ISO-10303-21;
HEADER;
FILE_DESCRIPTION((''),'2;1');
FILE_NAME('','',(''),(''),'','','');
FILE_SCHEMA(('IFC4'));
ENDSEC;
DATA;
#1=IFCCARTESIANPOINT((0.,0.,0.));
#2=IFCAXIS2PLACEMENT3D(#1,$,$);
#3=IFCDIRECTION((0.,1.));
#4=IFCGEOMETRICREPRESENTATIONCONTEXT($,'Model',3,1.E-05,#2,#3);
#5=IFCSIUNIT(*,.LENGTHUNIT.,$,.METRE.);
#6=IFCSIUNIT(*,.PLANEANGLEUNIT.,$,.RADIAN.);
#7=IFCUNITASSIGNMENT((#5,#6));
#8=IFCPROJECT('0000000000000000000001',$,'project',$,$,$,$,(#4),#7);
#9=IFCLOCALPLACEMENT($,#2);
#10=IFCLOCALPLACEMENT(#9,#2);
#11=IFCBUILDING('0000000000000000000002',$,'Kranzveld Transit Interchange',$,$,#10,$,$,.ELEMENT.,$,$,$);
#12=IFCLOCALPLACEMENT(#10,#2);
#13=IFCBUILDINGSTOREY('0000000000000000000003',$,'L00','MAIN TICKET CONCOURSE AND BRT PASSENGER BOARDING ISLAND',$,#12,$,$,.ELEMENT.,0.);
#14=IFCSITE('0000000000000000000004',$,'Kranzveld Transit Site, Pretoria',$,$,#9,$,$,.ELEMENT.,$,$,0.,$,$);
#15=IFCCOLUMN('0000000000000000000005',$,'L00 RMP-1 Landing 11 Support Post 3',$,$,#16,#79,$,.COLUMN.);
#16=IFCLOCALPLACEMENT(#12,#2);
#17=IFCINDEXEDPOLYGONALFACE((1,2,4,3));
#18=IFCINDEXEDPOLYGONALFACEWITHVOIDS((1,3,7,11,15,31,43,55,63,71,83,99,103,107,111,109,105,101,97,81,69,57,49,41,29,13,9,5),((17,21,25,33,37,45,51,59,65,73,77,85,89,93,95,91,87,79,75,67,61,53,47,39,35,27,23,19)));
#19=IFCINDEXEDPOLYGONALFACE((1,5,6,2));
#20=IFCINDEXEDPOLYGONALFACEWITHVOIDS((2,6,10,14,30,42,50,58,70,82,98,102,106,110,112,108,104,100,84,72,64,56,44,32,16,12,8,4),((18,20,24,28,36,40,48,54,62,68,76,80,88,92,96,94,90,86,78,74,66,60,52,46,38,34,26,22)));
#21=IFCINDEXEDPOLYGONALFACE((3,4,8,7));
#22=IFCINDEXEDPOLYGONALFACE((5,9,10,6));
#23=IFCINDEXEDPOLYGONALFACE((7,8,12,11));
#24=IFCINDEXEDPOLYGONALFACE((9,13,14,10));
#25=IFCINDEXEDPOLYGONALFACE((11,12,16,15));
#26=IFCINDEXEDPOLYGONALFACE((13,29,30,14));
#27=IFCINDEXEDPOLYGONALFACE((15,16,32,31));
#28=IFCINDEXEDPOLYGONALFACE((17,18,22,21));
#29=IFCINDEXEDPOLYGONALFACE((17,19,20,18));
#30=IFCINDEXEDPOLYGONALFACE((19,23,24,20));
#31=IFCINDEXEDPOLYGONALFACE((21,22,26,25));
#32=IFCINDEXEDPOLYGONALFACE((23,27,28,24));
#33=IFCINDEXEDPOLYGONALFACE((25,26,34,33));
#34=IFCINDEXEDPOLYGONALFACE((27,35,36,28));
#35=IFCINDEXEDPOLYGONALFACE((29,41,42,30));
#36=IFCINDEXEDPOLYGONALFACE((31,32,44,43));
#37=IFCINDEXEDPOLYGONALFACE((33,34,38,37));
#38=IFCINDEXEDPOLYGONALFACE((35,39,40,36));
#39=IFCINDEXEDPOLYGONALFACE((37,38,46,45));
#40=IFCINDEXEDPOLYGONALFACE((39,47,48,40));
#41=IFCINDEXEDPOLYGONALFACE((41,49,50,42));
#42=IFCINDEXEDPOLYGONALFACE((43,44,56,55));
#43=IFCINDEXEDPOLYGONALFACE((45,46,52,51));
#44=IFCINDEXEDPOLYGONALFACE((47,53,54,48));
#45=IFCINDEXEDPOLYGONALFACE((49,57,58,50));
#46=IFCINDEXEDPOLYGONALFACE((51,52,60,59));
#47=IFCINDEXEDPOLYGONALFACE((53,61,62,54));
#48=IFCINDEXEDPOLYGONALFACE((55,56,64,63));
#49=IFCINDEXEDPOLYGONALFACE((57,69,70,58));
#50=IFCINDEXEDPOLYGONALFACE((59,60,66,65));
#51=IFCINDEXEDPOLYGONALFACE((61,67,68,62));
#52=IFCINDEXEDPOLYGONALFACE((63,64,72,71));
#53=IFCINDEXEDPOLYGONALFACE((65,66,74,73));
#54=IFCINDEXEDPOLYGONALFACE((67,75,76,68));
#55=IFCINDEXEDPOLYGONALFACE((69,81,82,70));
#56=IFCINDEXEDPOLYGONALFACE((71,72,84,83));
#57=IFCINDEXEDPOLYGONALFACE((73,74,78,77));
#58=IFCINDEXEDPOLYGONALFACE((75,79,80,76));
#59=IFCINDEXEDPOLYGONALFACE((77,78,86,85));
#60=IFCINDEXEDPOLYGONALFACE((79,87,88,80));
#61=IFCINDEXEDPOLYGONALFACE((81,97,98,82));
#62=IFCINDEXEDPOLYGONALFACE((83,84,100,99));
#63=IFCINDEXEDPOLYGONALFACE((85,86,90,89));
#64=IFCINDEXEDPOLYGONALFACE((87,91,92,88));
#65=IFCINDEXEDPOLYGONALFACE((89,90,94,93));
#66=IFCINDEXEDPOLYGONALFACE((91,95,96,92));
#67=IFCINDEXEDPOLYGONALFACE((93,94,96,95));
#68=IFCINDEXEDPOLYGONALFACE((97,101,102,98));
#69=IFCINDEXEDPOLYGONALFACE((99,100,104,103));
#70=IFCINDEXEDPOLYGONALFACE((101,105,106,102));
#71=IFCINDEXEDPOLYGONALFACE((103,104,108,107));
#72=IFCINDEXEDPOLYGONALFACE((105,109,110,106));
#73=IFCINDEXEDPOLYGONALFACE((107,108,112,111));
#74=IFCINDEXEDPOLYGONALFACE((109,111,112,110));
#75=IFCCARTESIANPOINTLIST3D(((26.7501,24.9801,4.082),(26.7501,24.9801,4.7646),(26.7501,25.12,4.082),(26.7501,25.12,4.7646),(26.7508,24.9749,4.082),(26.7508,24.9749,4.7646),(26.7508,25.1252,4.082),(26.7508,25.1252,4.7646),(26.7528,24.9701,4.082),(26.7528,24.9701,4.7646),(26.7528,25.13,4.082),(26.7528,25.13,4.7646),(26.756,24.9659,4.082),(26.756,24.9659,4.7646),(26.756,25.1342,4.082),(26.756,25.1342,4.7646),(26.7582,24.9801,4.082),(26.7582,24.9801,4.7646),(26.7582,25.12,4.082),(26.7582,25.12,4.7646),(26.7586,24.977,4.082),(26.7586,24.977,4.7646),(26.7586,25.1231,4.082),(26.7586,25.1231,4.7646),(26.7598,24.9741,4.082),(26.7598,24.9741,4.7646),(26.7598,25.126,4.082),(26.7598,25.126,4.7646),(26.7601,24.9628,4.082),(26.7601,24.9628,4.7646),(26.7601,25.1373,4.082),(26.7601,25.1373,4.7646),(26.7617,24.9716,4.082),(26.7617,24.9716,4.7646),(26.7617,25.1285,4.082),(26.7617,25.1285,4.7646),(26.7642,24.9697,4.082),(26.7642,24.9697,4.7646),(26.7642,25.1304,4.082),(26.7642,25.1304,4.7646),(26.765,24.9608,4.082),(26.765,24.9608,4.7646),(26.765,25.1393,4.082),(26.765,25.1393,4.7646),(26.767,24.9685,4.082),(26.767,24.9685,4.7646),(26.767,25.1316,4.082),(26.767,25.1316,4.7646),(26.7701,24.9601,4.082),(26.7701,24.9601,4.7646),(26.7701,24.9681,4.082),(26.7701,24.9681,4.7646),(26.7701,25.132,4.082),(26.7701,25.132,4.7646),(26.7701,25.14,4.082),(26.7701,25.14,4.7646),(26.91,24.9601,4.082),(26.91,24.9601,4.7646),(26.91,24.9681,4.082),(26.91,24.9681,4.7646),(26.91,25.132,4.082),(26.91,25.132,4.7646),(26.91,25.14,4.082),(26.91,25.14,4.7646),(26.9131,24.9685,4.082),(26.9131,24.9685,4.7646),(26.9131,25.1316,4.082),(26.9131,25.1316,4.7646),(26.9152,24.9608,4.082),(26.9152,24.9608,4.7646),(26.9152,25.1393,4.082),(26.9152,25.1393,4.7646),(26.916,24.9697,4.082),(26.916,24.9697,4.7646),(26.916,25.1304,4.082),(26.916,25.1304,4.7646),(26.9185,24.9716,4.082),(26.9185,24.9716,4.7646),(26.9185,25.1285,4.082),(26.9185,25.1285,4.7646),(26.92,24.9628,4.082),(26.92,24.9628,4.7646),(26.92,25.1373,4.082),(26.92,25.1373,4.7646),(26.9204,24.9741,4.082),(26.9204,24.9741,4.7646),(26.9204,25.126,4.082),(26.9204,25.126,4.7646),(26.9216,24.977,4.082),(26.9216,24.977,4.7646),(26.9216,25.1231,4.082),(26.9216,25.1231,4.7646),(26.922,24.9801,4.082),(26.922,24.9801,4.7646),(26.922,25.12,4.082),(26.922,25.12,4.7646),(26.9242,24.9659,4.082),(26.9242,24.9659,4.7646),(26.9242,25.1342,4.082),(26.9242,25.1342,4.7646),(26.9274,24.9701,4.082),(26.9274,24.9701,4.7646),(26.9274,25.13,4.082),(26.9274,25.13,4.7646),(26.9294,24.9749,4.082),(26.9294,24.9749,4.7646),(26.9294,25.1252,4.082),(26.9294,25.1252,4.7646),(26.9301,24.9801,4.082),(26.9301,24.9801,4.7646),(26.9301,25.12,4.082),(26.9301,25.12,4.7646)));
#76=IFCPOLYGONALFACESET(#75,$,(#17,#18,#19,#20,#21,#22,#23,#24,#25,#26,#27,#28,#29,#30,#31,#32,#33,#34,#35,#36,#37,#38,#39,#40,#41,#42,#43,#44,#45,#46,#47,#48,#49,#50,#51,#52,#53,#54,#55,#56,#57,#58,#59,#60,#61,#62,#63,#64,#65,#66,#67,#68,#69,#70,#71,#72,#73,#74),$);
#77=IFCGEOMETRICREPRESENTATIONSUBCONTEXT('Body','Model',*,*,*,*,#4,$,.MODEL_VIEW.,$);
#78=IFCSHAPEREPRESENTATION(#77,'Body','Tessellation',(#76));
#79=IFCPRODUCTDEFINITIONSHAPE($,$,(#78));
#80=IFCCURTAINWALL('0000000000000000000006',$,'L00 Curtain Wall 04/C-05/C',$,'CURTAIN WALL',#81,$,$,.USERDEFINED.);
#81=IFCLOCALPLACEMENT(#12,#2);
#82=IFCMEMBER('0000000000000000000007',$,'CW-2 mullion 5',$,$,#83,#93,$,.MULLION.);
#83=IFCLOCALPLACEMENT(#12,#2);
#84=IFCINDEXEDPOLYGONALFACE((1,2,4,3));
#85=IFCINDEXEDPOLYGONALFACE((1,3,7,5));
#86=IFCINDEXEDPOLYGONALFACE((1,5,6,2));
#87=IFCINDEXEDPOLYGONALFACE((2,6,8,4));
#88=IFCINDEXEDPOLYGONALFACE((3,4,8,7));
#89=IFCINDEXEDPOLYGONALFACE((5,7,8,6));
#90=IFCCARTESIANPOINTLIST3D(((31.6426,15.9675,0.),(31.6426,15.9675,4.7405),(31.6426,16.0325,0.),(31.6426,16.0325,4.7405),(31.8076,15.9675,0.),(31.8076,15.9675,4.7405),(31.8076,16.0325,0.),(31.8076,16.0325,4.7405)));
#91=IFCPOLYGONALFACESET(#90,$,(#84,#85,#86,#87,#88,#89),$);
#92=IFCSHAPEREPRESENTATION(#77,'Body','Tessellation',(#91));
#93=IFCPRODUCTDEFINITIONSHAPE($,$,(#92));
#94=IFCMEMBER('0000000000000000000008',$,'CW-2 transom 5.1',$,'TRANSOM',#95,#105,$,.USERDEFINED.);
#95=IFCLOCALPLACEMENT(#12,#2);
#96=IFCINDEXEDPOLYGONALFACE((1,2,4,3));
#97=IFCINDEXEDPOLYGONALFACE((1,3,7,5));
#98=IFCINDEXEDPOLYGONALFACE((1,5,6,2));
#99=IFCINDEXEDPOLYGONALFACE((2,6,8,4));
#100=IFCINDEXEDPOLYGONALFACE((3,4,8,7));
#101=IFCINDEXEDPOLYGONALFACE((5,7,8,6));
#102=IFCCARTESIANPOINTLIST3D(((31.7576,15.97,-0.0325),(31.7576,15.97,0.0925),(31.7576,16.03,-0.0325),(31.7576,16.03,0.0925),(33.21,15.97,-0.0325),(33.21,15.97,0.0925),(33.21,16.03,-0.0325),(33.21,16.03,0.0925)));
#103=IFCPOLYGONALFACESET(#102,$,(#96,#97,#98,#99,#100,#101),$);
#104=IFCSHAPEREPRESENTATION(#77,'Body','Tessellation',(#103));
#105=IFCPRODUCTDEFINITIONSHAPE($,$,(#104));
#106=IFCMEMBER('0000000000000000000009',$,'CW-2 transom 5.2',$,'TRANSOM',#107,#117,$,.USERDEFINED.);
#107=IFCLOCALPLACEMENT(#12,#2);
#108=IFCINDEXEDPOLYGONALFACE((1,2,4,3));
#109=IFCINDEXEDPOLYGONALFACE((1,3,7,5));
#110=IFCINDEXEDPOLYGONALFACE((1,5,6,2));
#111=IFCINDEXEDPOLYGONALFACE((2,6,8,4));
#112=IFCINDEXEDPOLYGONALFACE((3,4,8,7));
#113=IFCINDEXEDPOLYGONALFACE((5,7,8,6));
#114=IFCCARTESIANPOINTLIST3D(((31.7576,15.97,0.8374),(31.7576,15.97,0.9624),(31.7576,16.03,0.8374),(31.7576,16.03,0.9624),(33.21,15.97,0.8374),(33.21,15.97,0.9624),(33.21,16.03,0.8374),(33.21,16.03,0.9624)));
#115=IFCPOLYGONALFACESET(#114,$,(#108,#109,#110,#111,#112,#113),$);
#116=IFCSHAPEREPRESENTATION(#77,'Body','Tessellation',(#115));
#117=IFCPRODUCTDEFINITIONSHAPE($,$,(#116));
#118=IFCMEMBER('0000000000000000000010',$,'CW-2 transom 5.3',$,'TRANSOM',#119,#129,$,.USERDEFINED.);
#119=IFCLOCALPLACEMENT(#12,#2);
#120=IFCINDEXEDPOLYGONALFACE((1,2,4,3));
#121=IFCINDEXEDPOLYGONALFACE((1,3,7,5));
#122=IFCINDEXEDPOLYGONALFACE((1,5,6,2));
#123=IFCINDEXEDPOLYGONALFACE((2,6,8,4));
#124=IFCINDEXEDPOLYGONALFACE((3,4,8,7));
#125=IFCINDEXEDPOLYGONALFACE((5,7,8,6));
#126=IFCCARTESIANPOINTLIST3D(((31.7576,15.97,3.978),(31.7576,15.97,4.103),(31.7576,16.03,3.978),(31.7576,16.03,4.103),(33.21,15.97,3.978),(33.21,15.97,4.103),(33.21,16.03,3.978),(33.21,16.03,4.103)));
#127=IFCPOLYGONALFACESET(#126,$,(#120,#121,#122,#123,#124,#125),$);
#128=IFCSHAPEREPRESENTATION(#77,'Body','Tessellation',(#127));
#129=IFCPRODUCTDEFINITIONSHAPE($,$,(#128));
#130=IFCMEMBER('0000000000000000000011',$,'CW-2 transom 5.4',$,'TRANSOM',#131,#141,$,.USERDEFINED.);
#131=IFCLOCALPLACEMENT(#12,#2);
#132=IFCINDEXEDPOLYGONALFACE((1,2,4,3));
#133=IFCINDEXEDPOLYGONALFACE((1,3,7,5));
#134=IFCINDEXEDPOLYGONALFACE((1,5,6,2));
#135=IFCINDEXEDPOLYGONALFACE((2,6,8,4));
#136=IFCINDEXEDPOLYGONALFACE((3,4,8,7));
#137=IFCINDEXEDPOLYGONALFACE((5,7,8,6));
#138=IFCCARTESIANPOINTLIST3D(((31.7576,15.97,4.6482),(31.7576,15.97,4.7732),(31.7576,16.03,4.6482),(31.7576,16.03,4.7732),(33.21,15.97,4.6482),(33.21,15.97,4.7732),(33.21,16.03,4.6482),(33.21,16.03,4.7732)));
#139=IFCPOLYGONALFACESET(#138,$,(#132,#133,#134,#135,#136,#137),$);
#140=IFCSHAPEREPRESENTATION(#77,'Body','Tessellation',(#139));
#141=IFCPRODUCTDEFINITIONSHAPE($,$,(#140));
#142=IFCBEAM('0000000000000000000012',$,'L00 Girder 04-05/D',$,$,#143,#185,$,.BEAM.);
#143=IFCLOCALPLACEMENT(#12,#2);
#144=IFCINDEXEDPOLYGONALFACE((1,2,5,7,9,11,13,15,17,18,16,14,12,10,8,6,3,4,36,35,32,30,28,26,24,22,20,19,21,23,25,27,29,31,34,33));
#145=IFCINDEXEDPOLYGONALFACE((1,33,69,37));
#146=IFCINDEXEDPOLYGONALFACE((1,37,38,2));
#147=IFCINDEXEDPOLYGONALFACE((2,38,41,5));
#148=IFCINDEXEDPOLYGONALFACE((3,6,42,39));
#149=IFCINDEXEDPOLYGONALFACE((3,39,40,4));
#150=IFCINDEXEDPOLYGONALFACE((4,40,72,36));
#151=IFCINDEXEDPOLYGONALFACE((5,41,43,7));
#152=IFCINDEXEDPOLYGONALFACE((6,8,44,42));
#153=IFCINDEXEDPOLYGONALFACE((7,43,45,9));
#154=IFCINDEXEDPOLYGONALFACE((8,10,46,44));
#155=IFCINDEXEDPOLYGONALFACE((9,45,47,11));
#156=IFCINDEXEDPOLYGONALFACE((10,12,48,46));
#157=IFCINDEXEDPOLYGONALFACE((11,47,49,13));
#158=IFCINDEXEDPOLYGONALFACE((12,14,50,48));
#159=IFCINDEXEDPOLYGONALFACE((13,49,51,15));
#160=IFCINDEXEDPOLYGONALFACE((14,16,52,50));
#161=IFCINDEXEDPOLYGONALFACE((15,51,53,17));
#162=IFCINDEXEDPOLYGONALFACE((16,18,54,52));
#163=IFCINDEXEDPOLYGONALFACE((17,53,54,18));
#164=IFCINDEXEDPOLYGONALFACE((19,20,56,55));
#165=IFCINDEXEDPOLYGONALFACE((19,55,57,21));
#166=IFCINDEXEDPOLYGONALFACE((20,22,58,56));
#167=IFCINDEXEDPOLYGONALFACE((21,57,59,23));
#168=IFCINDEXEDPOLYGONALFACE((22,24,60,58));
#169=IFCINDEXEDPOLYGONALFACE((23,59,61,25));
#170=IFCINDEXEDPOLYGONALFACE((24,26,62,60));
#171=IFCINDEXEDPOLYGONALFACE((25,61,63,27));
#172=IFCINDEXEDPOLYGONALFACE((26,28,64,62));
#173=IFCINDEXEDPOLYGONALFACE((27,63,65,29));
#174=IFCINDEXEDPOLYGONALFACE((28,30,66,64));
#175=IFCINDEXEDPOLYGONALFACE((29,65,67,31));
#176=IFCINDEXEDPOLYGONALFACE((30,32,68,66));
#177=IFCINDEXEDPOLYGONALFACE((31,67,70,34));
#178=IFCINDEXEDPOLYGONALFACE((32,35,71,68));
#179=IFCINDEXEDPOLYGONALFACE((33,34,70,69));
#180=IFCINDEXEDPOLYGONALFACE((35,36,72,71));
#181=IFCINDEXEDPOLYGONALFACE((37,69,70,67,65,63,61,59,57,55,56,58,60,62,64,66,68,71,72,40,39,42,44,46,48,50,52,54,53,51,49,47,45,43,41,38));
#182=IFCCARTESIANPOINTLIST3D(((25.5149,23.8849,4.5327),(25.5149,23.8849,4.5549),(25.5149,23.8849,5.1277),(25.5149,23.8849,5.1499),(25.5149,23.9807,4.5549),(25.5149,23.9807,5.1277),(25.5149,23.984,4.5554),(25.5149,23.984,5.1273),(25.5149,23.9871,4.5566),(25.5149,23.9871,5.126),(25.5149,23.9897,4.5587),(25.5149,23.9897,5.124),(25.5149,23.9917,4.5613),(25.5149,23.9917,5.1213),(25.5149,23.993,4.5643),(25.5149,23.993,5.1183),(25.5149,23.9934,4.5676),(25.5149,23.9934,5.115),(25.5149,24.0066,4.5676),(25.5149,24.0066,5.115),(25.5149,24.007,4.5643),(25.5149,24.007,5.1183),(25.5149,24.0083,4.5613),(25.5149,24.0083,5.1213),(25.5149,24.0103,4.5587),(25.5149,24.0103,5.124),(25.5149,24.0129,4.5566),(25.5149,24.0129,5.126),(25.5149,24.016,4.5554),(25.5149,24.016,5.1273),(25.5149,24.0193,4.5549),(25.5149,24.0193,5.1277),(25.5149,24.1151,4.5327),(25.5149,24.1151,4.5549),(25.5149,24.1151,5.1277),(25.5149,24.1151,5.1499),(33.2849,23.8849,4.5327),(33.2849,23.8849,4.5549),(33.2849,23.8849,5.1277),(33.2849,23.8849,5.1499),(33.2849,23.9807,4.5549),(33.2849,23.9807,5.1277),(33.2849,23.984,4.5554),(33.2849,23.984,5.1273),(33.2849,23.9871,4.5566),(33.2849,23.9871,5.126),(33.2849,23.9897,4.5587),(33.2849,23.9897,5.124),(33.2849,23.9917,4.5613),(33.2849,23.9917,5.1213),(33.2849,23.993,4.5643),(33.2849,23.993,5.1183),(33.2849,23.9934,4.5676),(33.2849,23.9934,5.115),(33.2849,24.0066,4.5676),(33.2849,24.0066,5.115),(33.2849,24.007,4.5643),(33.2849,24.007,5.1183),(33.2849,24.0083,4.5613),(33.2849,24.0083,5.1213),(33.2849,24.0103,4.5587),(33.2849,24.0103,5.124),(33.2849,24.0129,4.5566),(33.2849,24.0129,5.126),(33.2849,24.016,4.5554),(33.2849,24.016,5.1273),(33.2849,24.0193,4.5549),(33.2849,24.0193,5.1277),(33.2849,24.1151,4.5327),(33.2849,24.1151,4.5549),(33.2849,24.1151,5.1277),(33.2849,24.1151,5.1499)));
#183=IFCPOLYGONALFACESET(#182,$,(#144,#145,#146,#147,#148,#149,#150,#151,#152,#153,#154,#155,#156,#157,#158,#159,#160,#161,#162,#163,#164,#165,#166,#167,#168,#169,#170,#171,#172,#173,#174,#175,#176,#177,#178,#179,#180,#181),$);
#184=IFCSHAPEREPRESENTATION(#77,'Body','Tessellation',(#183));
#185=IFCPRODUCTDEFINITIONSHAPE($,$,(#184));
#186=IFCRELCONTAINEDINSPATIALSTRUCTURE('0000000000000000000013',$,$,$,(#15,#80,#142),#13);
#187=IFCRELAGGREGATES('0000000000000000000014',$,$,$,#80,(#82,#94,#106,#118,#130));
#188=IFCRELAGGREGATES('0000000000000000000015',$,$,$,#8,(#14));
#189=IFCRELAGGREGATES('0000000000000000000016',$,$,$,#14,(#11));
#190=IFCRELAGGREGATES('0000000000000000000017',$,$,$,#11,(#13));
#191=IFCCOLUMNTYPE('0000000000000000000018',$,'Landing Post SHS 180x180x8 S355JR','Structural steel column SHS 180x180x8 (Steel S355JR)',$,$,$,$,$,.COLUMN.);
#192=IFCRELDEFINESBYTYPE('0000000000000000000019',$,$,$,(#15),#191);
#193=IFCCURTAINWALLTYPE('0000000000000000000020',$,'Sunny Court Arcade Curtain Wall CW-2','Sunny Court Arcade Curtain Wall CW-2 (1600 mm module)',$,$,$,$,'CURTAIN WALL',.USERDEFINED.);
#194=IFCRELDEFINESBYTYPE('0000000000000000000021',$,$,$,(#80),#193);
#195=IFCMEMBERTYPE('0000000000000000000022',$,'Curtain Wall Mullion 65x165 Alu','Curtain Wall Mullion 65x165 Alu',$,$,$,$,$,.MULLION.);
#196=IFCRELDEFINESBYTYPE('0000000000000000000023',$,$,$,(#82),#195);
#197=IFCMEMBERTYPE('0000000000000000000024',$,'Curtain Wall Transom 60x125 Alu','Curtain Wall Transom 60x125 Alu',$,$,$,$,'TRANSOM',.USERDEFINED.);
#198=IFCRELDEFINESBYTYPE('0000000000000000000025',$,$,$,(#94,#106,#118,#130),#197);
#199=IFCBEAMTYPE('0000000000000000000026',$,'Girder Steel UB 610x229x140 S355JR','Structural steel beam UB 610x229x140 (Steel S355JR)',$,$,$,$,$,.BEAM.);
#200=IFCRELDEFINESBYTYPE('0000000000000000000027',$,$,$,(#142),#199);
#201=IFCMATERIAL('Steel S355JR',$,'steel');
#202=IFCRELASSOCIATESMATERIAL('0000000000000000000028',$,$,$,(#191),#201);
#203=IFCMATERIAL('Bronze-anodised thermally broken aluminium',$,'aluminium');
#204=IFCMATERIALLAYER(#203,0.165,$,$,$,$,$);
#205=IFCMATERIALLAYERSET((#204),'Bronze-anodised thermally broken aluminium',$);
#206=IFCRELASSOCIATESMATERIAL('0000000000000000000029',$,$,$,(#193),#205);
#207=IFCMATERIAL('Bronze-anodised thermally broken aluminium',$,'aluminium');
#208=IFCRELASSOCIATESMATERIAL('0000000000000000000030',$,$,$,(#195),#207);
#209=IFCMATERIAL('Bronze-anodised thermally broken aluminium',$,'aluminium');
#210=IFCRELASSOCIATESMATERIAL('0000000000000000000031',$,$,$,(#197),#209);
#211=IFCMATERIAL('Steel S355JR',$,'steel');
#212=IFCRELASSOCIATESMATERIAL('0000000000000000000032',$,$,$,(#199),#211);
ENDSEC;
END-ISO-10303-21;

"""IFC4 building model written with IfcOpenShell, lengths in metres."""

from ifc_helpers import new_model, si_unit, direction, frame, origin, origin_2d, place, context, subcontext, project, spatial, rectangle, hollow_rectangle, i_section, extrude, material, layer, layer_set, material_profile, profile_set, type_object, element, aggregate, save


model = new_model("IFC4")

# Units and contexts
model_context = context("Model", 3, precision=1e-05, world=origin(), true_north=direction((0.0, 1.0)))
body_context = subcontext(model_context, "Body", "Model", "MODEL_VIEW")
ifc_project = project(units=[si_unit("LENGTHUNIT", "METRE"), si_unit("PLANEANGLEUNIT", "RADIAN")], contexts=[model_context])

# Site, building, storey
site_placement = place(None, origin())
site = spatial("IfcSite", under=ifc_project, at=site_placement, Name="Kranzveld Transit Site, Pretoria", CompositionType="ELEMENT", RefElevation=0.0)
building_placement = place(site_placement, origin())
building = spatial("IfcBuilding", under=site, at=building_placement, Name="Kranzveld Transit Interchange", CompositionType="ELEMENT")
storey_placement = place(building_placement, origin())
storey = spatial("IfcBuildingStorey", under=building, at=storey_placement, Name="L00", Description="MAIN TICKET CONCOURSE AND BRT PASSENGER BOARDING ISLAND", CompositionType="ELEMENT", Elevation=0.0)

# Column
ifc_material_1 = material(Name="Steel S355JR", Category="steel")
ifc_material_profile_1 = material_profile(ifc_material_1, hollow_rectangle(XDim=0.1799, YDim=0.1799, WallThickness=0.0081, InnerFilletRadius=0.012, OuterFilletRadius=0.02, at=origin_2d()), Name="SHS 180x180x8")
ifc_profile_set_1 = profile_set([ifc_material_profile_1], Name="Steel S355JR")
column_type = type_object("IfcColumnType", Name="Landing Post SHS 180x180x8 S355JR", Description="Structural steel column SHS 180x180x8 (Steel S355JR)", PredefinedType="COLUMN", material=ifc_profile_set_1)
for number, where, z_axis, x_axis, name in (
    (1, (26.8401, 25.05, 4.082), (0.0, 0.0, 1.0), (1.0, 0.0, 0.0), "L00 RMP-1 Landing 11 Support Post 3"),
):
    element("IfcColumn", number, at=place(storey_placement, frame(where, z_axis=z_axis, x_axis=x_axis)), inside=storey, type_object=column_type, Name=name, PredefinedType="COLUMN", context=body_context, shape_type="SweptSolid", body=[
        extrude(hollow_rectangle(XDim=0.1799, YDim=0.1799, WallThickness=0.0081, InnerFilletRadius=0.012, OuterFilletRadius=0.02, at=origin_2d()), origin(), (0.0, 0.0, 1.0), 0.6826),
    ])

# Curtain wall, members
ifc_material_2 = material(Name="Bronze-anodised thermally broken aluminium", Category="aluminium")
ifc_layer_1 = layer(ifc_material_2, 0.165)
ifc_layer_set_1 = layer_set([ifc_layer_1], Name="Bronze-anodised thermally broken aluminium")
curtain_wall_type = type_object("IfcCurtainWallType", Name="Sunny Court Arcade Curtain Wall CW-2", Description="Sunny Court Arcade Curtain Wall CW-2 (1600 mm module)", ElementType="CURTAIN WALL", PredefinedType="USERDEFINED", material=ifc_layer_set_1)
curtain_wall_placement = place(storey_placement, origin())
curtain_wall = element("IfcCurtainWall", 2, at=curtain_wall_placement, inside=storey, type_object=curtain_wall_type, Name="L00 Curtain Wall 04/C-05/C", ObjectType="CURTAIN WALL", PredefinedType="USERDEFINED")
ifc_material_3 = material(Name="Bronze-anodised thermally broken aluminium", Category="aluminium")
ifc_material_profile_2 = material_profile(ifc_material_3, rectangle(XDim=0.0649, YDim=0.165, at=origin_2d()), Name="ALU MULLION 65x165")
ifc_profile_set_2 = profile_set([ifc_material_profile_2], Name="Bronze-anodised thermally broken aluminium")
member_type_1 = type_object("IfcMemberType", Name="Curtain Wall Mullion 65x165 Alu", Description="Curtain Wall Mullion 65x165 Alu", PredefinedType="MULLION", material=ifc_profile_set_2)
member_1_placement = place(storey_placement, frame((31.7251, 16.0, 0.0), z_axis=(0.0, 0.0, 1.0), x_axis=(0.0, 1.0, 0.0)))
member_1 = element("IfcMember", 3, at=member_1_placement, type_object=member_type_1, Name="CW-2 mullion 5", PredefinedType="MULLION", context=body_context, shape_type="SweptSolid", body=[
    extrude(rectangle(XDim=0.0649, YDim=0.165, at=origin_2d()), origin(), (0.0, 0.0, 1.0), 4.7405),
])
ifc_material_4 = material(Name="Bronze-anodised thermally broken aluminium", Category="aluminium")
ifc_material_profile_3 = material_profile(ifc_material_4, rectangle(XDim=0.0601, YDim=0.125, at=origin_2d()), Name="ALU TRANSOM 60x125")
ifc_profile_set_3 = profile_set([ifc_material_profile_3], Name="Bronze-anodised thermally broken aluminium")
member_type_2 = type_object("IfcMemberType", Name="Curtain Wall Transom 60x125 Alu", Description="Curtain Wall Transom 60x125 Alu", ElementType="TRANSOM", PredefinedType="USERDEFINED", material=ifc_profile_set_3)
member_2_placement = place(storey_placement, frame((31.7576, 16.0, 0.03), z_axis=(1.0, 0.0, 0.0), x_axis=(0.0, 1.0, 0.0)))
member_2 = element("IfcMember", 4, at=member_2_placement, type_object=member_type_2, Name="CW-2 transom 5.1", ObjectType="TRANSOM", PredefinedType="USERDEFINED", context=body_context, shape_type="SweptSolid", body=[
    extrude(rectangle(XDim=0.0601, YDim=0.125, at=origin_2d()), origin(), (0.0, 0.0, 1.0), 1.4524),
])
member_3_placement = place(storey_placement, frame((31.7576, 16.0, 0.8999), z_axis=(1.0, 0.0, 0.0), x_axis=(0.0, 1.0, 0.0)))
member_3 = element("IfcMember", 5, at=member_3_placement, type_object=member_type_2, Name="CW-2 transom 5.2", ObjectType="TRANSOM", PredefinedType="USERDEFINED", context=body_context, shape_type="SweptSolid", body=[
    extrude(rectangle(XDim=0.0601, YDim=0.125, at=origin_2d()), origin(), (0.0, 0.0, 1.0), 1.4524),
])
member_4_placement = place(storey_placement, frame((31.7576, 16.0, 4.0405), z_axis=(1.0, 0.0, 0.0), x_axis=(0.0, 1.0, 0.0)))
member_4 = element("IfcMember", 6, at=member_4_placement, type_object=member_type_2, Name="CW-2 transom 5.3", ObjectType="TRANSOM", PredefinedType="USERDEFINED", context=body_context, shape_type="SweptSolid", body=[
    extrude(rectangle(XDim=0.0601, YDim=0.125, at=origin_2d()), origin(), (0.0, 0.0, 1.0), 1.4524),
])
member_5_placement = place(storey_placement, frame((31.7576, 16.0, 4.7107), z_axis=(1.0, 0.0, 0.0), x_axis=(0.0, 1.0, 0.0)))
member_5 = element("IfcMember", 7, at=member_5_placement, type_object=member_type_2, Name="CW-2 transom 5.4", ObjectType="TRANSOM", PredefinedType="USERDEFINED", context=body_context, shape_type="SweptSolid", body=[
    extrude(rectangle(XDim=0.0601, YDim=0.125, at=origin_2d()), origin(), (0.0, 0.0, 1.0), 1.4524),
])

# Beam
ifc_material_5 = material(Name="Steel S355JR", Category="steel")
ifc_material_profile_4 = material_profile(ifc_material_5, i_section(OverallWidth=0.2302, OverallDepth=0.6172, WebThickness=0.0132, FlangeThickness=0.0222, FilletRadius=0.0127, at=origin_2d()), Name="UB 610x229x140")
ifc_profile_set_4 = profile_set([ifc_material_profile_4], Name="Steel S355JR")
beam_type = type_object("IfcBeamType", Name="Girder Steel UB 610x229x140 S355JR", Description="Structural steel beam UB 610x229x140 (Steel S355JR)", PredefinedType="BEAM", material=ifc_profile_set_4)
beam_placement = place(storey_placement, frame((25.5149, 24.0, 4.8413), z_axis=(1.0, 0.0, 0.0), x_axis=(0.0, 1.0, 0.0)))
element("IfcBeam", 8, at=beam_placement, inside=storey, type_object=beam_type, Name="L00 Girder 04-05/D", PredefinedType="BEAM", context=body_context, shape_type="SweptSolid", body=[
    extrude(i_section(OverallWidth=0.2302, OverallDepth=0.6172, WebThickness=0.0132, FlangeThickness=0.0222, FilletRadius=0.0127, at=origin_2d()), origin(), (0.0, 0.0, 1.0), 7.77),
])

aggregate(curtain_wall, [member_1, member_2, member_3, member_4, member_5])

save(model, "model.ifc")
